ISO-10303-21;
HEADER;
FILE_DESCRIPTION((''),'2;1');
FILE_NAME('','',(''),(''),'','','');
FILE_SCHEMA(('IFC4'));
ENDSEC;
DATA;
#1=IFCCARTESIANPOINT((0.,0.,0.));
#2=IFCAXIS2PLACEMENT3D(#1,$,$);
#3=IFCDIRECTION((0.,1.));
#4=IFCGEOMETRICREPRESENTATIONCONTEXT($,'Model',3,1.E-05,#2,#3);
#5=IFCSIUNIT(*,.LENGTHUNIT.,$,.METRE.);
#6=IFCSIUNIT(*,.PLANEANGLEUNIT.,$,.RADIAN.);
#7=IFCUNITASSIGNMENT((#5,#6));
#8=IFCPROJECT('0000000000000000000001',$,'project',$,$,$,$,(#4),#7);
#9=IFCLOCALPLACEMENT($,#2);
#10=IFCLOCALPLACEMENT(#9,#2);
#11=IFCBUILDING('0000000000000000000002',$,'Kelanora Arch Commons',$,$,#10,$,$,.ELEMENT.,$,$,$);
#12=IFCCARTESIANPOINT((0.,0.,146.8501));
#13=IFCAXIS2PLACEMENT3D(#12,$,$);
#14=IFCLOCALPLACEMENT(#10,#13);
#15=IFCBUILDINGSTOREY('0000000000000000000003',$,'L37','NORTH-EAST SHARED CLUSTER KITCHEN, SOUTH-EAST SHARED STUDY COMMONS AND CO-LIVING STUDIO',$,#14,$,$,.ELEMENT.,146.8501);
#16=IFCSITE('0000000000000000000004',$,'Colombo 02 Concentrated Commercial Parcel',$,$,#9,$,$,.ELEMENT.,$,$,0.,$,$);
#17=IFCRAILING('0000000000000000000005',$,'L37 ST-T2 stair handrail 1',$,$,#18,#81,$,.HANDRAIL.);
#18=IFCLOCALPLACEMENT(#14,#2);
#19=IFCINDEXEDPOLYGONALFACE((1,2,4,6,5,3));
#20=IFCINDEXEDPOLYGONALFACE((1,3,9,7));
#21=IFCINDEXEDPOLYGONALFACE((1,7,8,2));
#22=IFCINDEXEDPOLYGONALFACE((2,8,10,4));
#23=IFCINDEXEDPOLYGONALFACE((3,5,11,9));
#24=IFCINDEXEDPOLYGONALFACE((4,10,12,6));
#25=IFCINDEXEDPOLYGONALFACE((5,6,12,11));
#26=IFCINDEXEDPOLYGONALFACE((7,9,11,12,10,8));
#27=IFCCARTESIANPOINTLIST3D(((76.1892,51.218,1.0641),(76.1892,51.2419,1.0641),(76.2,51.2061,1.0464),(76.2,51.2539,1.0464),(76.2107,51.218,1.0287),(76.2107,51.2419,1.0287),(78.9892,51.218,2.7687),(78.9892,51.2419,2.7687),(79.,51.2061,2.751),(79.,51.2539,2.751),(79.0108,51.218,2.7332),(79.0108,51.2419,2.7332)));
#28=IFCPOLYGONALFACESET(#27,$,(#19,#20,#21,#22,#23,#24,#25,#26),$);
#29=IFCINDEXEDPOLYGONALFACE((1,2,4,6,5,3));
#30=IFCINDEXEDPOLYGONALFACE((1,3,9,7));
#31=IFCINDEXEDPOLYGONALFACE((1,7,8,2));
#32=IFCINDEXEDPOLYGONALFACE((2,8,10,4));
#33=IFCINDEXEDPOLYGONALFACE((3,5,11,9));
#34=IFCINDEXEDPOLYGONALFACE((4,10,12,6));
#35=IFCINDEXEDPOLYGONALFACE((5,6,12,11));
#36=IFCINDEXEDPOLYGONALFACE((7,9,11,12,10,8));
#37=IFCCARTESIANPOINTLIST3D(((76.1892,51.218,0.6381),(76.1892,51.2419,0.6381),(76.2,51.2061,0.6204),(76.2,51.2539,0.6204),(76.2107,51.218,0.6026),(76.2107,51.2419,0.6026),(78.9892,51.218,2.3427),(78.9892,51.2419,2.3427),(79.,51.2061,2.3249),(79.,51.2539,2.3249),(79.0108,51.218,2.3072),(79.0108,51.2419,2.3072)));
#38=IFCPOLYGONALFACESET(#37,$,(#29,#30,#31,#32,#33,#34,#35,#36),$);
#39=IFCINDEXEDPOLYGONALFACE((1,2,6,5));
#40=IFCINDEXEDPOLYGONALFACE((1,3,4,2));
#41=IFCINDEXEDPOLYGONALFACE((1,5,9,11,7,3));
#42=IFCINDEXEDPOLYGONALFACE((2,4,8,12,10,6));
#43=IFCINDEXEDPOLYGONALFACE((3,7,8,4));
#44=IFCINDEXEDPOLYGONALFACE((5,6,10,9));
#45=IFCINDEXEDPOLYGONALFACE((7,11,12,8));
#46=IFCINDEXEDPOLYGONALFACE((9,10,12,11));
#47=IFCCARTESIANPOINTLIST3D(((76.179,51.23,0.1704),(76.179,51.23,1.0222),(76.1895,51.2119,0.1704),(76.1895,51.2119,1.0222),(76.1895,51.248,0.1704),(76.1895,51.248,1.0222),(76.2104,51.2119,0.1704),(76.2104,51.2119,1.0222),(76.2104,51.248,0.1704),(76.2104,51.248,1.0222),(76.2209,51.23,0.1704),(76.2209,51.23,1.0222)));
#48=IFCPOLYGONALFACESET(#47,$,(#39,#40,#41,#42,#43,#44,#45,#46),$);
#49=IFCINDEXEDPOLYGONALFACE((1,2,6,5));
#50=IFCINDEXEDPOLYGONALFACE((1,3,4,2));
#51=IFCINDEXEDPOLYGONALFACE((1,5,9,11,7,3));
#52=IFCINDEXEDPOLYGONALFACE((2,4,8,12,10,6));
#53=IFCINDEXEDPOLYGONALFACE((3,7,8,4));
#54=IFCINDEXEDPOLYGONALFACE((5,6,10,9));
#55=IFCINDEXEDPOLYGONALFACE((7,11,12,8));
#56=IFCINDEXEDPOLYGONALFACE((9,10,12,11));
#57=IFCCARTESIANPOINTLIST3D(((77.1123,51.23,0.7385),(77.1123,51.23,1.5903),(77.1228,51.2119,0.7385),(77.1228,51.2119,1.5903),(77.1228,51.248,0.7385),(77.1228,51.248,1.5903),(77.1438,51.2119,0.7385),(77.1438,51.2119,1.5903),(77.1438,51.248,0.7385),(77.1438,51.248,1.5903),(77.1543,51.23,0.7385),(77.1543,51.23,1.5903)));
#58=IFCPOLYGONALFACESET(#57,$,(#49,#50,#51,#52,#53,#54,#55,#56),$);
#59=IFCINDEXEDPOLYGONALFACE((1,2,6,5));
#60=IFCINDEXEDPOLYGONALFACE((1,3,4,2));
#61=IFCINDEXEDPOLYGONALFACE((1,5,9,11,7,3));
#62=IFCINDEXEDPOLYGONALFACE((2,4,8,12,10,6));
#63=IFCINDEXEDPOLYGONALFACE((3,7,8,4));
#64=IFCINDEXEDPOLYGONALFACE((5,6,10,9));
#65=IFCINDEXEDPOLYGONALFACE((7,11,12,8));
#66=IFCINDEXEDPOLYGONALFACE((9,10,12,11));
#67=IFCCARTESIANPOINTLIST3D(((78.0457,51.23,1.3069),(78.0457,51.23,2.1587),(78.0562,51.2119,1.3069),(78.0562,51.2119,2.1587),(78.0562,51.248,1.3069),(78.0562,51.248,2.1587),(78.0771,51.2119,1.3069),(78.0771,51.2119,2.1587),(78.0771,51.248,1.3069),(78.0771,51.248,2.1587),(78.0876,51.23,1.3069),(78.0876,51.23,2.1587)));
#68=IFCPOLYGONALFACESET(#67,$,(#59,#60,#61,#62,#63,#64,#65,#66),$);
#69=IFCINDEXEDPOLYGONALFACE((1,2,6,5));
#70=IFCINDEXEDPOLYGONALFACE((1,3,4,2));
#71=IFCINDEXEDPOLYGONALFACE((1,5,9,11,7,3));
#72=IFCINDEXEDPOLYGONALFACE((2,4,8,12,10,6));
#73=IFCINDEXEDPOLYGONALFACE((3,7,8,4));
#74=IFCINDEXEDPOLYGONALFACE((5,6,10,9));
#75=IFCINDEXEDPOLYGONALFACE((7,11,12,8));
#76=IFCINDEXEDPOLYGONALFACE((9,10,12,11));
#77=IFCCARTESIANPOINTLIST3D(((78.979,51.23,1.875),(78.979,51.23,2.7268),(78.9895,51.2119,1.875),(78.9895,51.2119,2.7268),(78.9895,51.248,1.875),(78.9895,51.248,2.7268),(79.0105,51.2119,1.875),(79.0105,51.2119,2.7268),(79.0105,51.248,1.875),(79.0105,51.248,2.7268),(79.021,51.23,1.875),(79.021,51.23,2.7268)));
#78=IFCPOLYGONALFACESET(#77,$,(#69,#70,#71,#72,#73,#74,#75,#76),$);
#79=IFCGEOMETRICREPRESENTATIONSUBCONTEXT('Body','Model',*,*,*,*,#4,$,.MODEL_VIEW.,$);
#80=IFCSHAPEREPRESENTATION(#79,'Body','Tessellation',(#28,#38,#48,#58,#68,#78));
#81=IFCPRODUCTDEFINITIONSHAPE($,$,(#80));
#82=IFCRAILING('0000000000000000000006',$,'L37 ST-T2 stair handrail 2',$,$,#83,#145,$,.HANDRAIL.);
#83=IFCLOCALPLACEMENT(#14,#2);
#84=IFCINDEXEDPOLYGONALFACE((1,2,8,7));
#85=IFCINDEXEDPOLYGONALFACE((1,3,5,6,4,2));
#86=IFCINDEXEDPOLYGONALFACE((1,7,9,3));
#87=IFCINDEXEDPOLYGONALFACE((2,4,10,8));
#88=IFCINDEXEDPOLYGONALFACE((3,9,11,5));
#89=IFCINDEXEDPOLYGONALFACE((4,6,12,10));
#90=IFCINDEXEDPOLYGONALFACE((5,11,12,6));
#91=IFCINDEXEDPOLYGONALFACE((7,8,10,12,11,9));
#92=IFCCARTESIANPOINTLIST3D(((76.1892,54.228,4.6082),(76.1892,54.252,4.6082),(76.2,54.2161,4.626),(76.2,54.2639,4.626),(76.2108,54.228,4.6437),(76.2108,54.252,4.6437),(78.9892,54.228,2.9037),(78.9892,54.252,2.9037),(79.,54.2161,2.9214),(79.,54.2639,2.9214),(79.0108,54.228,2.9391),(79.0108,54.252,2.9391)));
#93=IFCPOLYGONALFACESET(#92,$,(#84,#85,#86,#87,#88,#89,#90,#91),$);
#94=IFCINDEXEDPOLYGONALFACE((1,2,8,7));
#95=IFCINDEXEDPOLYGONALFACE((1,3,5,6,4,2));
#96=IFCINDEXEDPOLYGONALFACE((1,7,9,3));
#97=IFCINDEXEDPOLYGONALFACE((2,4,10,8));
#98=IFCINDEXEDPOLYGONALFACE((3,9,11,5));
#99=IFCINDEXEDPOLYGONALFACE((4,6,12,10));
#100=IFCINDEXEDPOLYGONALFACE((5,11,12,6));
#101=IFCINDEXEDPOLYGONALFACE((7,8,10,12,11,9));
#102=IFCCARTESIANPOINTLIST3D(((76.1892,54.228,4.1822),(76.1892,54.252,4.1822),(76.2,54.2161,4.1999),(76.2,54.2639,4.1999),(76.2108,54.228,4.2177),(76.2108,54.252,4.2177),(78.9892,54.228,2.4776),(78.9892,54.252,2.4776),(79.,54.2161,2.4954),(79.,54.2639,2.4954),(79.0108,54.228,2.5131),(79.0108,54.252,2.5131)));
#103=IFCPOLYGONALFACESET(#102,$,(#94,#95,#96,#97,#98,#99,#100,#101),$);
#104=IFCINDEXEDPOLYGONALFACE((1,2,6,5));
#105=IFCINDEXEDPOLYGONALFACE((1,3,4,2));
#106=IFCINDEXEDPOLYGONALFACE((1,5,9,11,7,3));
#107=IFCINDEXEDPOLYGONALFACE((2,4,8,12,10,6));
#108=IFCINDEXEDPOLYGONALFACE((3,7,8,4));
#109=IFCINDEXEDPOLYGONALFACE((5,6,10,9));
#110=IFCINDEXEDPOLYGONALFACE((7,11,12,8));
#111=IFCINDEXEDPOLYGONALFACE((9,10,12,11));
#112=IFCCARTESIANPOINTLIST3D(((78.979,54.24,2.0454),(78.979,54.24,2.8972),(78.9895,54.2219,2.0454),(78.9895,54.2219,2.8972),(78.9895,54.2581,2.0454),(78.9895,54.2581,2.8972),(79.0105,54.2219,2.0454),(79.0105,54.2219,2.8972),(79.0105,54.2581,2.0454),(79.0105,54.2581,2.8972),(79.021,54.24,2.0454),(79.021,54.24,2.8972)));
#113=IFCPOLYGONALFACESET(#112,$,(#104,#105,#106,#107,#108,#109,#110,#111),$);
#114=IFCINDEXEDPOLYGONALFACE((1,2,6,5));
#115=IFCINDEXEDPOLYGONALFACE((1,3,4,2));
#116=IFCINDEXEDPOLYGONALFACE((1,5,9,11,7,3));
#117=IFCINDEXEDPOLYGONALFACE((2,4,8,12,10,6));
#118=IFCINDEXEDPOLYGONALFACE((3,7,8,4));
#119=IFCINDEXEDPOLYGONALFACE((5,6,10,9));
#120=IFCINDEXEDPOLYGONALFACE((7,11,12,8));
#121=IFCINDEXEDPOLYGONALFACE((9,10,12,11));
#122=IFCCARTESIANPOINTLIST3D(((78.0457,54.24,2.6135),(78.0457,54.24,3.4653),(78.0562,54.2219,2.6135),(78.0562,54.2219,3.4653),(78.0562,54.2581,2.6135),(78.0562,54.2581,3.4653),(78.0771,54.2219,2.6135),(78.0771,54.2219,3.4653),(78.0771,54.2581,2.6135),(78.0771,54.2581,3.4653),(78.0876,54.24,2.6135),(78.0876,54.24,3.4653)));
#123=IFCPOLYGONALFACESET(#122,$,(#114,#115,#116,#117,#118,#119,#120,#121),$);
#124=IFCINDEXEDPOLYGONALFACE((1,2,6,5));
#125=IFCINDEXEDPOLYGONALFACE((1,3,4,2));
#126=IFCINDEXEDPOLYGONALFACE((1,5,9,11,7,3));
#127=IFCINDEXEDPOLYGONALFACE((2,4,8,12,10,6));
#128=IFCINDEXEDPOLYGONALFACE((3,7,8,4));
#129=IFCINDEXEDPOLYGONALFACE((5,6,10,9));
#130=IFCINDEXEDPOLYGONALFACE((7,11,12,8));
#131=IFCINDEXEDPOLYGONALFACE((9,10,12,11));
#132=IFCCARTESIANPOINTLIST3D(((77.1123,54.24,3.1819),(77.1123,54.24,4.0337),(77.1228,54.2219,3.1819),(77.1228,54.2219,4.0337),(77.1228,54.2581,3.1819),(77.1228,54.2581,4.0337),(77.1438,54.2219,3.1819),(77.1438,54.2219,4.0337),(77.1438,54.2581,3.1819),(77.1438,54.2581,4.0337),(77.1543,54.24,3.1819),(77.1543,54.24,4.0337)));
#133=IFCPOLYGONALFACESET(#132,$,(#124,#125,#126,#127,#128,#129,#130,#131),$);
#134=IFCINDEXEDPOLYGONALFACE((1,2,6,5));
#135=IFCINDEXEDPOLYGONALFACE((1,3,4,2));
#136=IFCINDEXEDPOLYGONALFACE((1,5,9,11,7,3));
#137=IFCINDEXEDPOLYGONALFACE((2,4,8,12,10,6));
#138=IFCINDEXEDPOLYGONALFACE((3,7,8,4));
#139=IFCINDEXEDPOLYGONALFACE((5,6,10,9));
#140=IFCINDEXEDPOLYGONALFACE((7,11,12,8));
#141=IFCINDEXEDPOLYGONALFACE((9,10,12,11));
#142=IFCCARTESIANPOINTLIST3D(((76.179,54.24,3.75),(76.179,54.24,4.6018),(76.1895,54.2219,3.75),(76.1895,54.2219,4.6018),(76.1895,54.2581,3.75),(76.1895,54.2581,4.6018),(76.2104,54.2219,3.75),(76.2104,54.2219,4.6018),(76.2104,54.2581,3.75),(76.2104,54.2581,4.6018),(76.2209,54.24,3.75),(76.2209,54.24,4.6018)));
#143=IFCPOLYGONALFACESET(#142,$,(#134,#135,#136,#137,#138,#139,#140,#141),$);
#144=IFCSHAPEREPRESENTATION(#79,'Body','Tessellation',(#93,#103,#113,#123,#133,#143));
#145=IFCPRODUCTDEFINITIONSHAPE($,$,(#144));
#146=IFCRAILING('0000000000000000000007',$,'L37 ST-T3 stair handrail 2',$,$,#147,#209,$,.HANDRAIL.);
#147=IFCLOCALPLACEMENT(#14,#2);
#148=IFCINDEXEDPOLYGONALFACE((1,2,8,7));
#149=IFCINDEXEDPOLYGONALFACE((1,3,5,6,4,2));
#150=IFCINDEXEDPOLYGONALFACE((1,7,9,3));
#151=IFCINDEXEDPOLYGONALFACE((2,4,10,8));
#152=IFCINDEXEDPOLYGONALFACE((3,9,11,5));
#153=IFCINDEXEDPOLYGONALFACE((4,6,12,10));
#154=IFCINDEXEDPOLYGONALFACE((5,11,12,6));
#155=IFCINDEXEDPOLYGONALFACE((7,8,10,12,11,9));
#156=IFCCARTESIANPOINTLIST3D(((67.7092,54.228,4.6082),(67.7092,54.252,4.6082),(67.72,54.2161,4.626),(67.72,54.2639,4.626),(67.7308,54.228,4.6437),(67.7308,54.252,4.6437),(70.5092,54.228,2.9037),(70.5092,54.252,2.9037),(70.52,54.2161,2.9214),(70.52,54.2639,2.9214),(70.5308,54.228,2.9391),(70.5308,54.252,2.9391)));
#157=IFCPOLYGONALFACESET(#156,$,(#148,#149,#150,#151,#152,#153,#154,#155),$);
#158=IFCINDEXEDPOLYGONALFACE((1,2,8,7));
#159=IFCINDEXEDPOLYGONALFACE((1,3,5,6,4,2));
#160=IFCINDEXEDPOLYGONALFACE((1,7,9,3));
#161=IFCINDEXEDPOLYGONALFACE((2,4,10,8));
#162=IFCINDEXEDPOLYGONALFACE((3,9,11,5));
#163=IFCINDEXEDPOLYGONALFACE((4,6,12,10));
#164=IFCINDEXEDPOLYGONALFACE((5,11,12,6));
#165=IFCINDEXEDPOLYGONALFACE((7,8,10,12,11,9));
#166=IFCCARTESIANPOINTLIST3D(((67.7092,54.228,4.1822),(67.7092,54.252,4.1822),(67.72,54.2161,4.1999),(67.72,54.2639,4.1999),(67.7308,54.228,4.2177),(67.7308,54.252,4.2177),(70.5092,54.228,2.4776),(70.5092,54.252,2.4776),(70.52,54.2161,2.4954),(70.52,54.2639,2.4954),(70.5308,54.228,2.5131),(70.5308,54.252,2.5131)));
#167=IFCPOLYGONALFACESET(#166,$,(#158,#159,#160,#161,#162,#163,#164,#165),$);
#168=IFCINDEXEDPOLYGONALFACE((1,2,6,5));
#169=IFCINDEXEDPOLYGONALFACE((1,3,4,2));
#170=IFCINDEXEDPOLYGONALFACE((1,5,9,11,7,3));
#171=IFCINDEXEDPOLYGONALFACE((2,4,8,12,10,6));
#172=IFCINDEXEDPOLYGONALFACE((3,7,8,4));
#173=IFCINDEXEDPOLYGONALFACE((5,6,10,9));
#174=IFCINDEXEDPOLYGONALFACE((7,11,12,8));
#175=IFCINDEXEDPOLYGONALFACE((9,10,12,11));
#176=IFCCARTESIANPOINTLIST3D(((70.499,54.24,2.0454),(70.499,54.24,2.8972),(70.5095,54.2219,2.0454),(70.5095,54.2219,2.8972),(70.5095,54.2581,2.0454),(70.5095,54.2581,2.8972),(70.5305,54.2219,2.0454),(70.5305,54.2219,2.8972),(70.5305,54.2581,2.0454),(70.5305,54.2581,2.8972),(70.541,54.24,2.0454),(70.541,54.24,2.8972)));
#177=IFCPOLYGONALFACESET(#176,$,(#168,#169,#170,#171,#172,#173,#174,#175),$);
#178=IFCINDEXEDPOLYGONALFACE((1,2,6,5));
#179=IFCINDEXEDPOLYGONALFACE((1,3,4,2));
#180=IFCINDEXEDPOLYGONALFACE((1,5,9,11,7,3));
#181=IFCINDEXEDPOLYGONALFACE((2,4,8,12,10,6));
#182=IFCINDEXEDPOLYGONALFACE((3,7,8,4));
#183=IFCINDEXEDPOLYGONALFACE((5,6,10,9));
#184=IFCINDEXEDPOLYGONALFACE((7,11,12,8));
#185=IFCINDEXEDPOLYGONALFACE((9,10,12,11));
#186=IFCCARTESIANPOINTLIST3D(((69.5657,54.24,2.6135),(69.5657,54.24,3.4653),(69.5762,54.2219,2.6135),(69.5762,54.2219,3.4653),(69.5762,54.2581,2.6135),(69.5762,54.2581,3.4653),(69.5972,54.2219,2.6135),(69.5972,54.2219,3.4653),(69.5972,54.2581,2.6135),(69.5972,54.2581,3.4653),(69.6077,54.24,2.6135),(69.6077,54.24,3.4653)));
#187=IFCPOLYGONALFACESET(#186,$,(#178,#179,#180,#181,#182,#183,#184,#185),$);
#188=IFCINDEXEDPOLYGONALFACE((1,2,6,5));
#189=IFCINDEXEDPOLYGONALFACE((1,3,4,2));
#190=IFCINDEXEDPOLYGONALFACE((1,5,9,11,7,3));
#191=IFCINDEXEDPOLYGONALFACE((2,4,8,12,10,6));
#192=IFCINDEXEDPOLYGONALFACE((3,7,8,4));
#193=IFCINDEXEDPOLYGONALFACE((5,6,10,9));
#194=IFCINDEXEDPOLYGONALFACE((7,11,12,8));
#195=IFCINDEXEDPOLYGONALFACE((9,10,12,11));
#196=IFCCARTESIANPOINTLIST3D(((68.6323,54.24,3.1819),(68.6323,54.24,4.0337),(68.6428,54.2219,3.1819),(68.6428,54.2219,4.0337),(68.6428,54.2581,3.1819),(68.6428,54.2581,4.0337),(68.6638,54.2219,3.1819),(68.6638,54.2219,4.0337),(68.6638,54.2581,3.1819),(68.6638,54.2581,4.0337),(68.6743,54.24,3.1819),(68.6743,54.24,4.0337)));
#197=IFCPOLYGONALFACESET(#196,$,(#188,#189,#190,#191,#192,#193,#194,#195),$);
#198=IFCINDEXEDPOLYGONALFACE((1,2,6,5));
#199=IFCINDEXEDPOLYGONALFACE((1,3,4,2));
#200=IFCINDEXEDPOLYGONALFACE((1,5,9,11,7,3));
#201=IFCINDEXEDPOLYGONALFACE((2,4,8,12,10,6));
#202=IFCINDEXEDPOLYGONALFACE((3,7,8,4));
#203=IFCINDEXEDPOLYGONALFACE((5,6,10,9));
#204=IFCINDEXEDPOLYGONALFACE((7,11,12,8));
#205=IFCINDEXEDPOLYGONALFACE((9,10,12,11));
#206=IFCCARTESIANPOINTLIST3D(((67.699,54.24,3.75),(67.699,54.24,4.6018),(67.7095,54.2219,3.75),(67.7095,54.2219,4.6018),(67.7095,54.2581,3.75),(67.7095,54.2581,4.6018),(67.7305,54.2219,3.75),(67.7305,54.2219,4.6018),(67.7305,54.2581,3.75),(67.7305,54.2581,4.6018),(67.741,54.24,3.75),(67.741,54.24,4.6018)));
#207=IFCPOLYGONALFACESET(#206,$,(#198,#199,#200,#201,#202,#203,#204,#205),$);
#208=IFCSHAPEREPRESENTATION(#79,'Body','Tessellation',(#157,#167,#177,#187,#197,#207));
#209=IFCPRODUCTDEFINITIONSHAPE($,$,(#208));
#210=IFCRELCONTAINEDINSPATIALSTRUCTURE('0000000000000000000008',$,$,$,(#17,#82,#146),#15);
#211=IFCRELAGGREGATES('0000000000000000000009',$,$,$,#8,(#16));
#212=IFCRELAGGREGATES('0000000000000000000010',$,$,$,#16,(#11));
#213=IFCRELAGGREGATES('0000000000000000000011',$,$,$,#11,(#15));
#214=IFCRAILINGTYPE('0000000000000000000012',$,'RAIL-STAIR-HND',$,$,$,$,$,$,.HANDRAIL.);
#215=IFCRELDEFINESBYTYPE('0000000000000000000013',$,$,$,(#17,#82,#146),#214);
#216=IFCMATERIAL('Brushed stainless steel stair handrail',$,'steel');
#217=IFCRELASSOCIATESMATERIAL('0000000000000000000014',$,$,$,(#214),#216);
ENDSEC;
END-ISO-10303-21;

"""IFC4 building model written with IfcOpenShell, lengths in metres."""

from ifc_helpers import new_model, si_unit, direction, frame, origin, place, context, subcontext, project, spatial, polyline, outline, extrude, material, type_object, element, save


model = new_model("IFC4")

# Units and contexts
model_context = context("Model", 3, precision=1e-05, world=origin(), true_north=direction((0.0, 1.0)))
body_context = subcontext(model_context, "Body", "Model", "MODEL_VIEW")
ifc_project = project(units=[si_unit("LENGTHUNIT", "METRE"), si_unit("PLANEANGLEUNIT", "RADIAN")], contexts=[model_context])

# Site, building, storey
site_placement = place(None, origin())
site = spatial("IfcSite", under=ifc_project, at=site_placement, Name="Colombo 02 Concentrated Commercial Parcel", CompositionType="ELEMENT", RefElevation=0.0)
building_placement = place(site_placement, origin())
building = spatial("IfcBuilding", under=site, at=building_placement, Name="Kelanora Arch Commons", CompositionType="ELEMENT")
storey_placement = place(building_placement, frame((0.0, 0.0, 146.8501)))
storey = spatial("IfcBuildingStorey", under=building, at=storey_placement, Name="L37", Description="NORTH-EAST SHARED CLUSTER KITCHEN, SOUTH-EAST SHARED STUDY COMMONS AND CO-LIVING STUDIO", CompositionType="ELEMENT", Elevation=146.8501)

# Railings
ifc_material_1 = material(Name="Brushed stainless steel stair handrail", Category="steel")
railing_type_1 = type_object("IfcRailingType", Name="RAIL-STAIR-HND", PredefinedType="HANDRAIL", material=ifc_material_1)
railing_1_placement = place(storey_placement, frame((76.2, 51.23, 0.1704)))
element("IfcRailing", 1, at=railing_1_placement, inside=storey, type_object=railing_type_1, Name="L37 ST-T2 stair handrail 1", PredefinedType="HANDRAIL", context=body_context, shape_type="SweptSolid", body=[
    extrude(outline(polyline([(0.0239, 0.0), (0.012, 0.0208), (-0.012, 0.0208), (-0.0239, 0.0), (-0.012, -0.0208), (0.012, -0.0208), (0.0239, 0.0)])), frame((0.0, 0.0, 0.876), z_axis=(0.85417, 0.0, 0.519994), x_axis=(0.0, 1.0, 0.0)), (0.0, 0.0, 1.0), 3.2781),
    extrude(outline(polyline([(0.0239, 0.0), (0.012, 0.0208), (-0.012, 0.0208), (-0.0239, 0.0), (-0.012, -0.0208), (0.012, -0.0208), (0.0239, 0.0)])), frame((0.0, 0.0, 0.45), z_axis=(0.85417, 0.0, 0.519994), x_axis=(0.0, 1.0, 0.0)), (0.0, 0.0, 1.0), 3.2781),
    extrude(outline(polyline([(0.021, 0.0), (0.0105, 0.0181), (-0.0105, 0.0181), (-0.021, 0.0), (-0.0105, -0.0181), (0.0105, -0.0181), (0.021, 0.0)])), origin(), (0.0, 0.0, 1.0), 0.8518),
    extrude(outline(polyline([(0.021, 0.0), (0.0105, 0.0181), (-0.0105, 0.0181), (-0.021, 0.0), (-0.0105, -0.0181), (0.0105, -0.0181), (0.021, 0.0)])), frame((0.9333, 0.0, 0.5681)), (0.0, 0.0, 1.0), 0.8518),
    extrude(outline(polyline([(0.021, 0.0), (0.0105, 0.0181), (-0.0105, 0.0181), (-0.021, 0.0), (-0.0105, -0.0181), (0.0105, -0.0181), (0.021, 0.0)])), frame((1.8667, 0.0, 1.1365)), (0.0, 0.0, 1.0), 0.8518),
    extrude(outline(polyline([(0.021, 0.0), (0.0105, 0.0181), (-0.0105, 0.0181), (-0.021, 0.0), (-0.0105, -0.0181), (0.0105, -0.0181), (0.021, 0.0)])), frame((2.8, 0.0, 1.7046)), (0.0, 0.0, 1.0), 0.8518),
])
railing_2_placement = place(storey_placement, frame((79.0, 54.24, 2.0454)))
element("IfcRailing", 2, at=railing_2_placement, inside=storey, type_object=railing_type_1, Name="L37 ST-T2 stair handrail 2", PredefinedType="HANDRAIL", context=body_context, shape_type="SweptSolid", body=[
    extrude(outline(polyline([(0.0239, 0.0), (0.012, 0.0208), (-0.012, 0.0208), (-0.0239, 0.0), (-0.012, -0.0208), (0.012, -0.0208), (0.0239, 0.0)])), frame((0.0, 0.0, 0.876), z_axis=(-0.85417, 0.0, 0.519994), x_axis=(0.0, -1.0, 0.0)), (0.0, 0.0, 1.0), 3.2781),
    extrude(outline(polyline([(0.0239, 0.0), (0.012, 0.0208), (-0.012, 0.0208), (-0.0239, 0.0), (-0.012, -0.0208), (0.012, -0.0208), (0.0239, 0.0)])), frame((0.0, 0.0, 0.45), z_axis=(-0.85417, 0.0, 0.519994), x_axis=(0.0, -1.0, 0.0)), (0.0, 0.0, 1.0), 3.2781),
    extrude(outline(polyline([(0.021, 0.0), (0.0105, 0.0181), (-0.0105, 0.0181), (-0.021, 0.0), (-0.0105, -0.0181), (0.0105, -0.0181), (0.021, 0.0)])), origin(), (0.0, 0.0, 1.0), 0.8518),
    extrude(outline(polyline([(0.021, 0.0), (0.0105, 0.0181), (-0.0105, 0.0181), (-0.021, 0.0), (-0.0105, -0.0181), (0.0105, -0.0181), (0.021, 0.0)])), frame((-0.9333, 0.0, 0.5681)), (0.0, 0.0, 1.0), 0.8518),
    extrude(outline(polyline([(0.021, 0.0), (0.0105, 0.0181), (-0.0105, 0.0181), (-0.021, 0.0), (-0.0105, -0.0181), (0.0105, -0.0181), (0.021, 0.0)])), frame((-1.8667, 0.0, 1.1365)), (0.0, 0.0, 1.0), 0.8518),
    extrude(outline(polyline([(0.021, 0.0), (0.0105, 0.0181), (-0.0105, 0.0181), (-0.021, 0.0), (-0.0105, -0.0181), (0.0105, -0.0181), (0.021, 0.0)])), frame((-2.8, 0.0, 1.7046)), (0.0, 0.0, 1.0), 0.8518),
])
railing_3_placement = place(storey_placement, frame((70.52, 54.24, 2.0454)))
element("IfcRailing", 3, at=railing_3_placement, inside=storey, type_object=railing_type_1, Name="L37 ST-T3 stair handrail 2", PredefinedType="HANDRAIL", context=body_context, shape_type="SweptSolid", body=[
    extrude(outline(polyline([(0.0239, 0.0), (0.012, 0.0208), (-0.012, 0.0208), (-0.0239, 0.0), (-0.012, -0.0208), (0.012, -0.0208), (0.0239, 0.0)])), frame((0.0, 0.0, 0.876), z_axis=(-0.85417, 0.0, 0.519994), x_axis=(0.0, -1.0, 0.0)), (0.0, 0.0, 1.0), 3.2781),
    extrude(outline(polyline([(0.0239, 0.0), (0.012, 0.0208), (-0.012, 0.0208), (-0.0239, 0.0), (-0.012, -0.0208), (0.012, -0.0208), (0.0239, 0.0)])), frame((0.0, 0.0, 0.45), z_axis=(-0.85417, 0.0, 0.519994), x_axis=(0.0, -1.0, 0.0)), (0.0, 0.0, 1.0), 3.2781),
    extrude(outline(polyline([(0.021, 0.0), (0.0105, 0.0181), (-0.0105, 0.0181), (-0.021, 0.0), (-0.0105, -0.0181), (0.0105, -0.0181), (0.021, 0.0)])), origin(), (0.0, 0.0, 1.0), 0.8518),
    extrude(outline(polyline([(0.021, 0.0), (0.0105, 0.0181), (-0.0105, 0.0181), (-0.021, 0.0), (-0.0105, -0.0181), (0.0105, -0.0181), (0.021, 0.0)])), frame((-0.9333, 0.0, 0.5681)), (0.0, 0.0, 1.0), 0.8518),
    extrude(outline(polyline([(0.021, 0.0), (0.0105, 0.0181), (-0.0105, 0.0181), (-0.021, 0.0), (-0.0105, -0.0181), (0.0105, -0.0181), (0.021, 0.0)])), frame((-1.8667, 0.0, 1.1365)), (0.0, 0.0, 1.0), 0.8518),
    extrude(outline(polyline([(0.021, 0.0), (0.0105, 0.0181), (-0.0105, 0.0181), (-0.021, 0.0), (-0.0105, -0.0181), (0.0105, -0.0181), (0.021, 0.0)])), frame((-2.8, 0.0, 1.7046)), (0.0, 0.0, 1.0), 0.8518),
])

save(model, "model.ifc")
